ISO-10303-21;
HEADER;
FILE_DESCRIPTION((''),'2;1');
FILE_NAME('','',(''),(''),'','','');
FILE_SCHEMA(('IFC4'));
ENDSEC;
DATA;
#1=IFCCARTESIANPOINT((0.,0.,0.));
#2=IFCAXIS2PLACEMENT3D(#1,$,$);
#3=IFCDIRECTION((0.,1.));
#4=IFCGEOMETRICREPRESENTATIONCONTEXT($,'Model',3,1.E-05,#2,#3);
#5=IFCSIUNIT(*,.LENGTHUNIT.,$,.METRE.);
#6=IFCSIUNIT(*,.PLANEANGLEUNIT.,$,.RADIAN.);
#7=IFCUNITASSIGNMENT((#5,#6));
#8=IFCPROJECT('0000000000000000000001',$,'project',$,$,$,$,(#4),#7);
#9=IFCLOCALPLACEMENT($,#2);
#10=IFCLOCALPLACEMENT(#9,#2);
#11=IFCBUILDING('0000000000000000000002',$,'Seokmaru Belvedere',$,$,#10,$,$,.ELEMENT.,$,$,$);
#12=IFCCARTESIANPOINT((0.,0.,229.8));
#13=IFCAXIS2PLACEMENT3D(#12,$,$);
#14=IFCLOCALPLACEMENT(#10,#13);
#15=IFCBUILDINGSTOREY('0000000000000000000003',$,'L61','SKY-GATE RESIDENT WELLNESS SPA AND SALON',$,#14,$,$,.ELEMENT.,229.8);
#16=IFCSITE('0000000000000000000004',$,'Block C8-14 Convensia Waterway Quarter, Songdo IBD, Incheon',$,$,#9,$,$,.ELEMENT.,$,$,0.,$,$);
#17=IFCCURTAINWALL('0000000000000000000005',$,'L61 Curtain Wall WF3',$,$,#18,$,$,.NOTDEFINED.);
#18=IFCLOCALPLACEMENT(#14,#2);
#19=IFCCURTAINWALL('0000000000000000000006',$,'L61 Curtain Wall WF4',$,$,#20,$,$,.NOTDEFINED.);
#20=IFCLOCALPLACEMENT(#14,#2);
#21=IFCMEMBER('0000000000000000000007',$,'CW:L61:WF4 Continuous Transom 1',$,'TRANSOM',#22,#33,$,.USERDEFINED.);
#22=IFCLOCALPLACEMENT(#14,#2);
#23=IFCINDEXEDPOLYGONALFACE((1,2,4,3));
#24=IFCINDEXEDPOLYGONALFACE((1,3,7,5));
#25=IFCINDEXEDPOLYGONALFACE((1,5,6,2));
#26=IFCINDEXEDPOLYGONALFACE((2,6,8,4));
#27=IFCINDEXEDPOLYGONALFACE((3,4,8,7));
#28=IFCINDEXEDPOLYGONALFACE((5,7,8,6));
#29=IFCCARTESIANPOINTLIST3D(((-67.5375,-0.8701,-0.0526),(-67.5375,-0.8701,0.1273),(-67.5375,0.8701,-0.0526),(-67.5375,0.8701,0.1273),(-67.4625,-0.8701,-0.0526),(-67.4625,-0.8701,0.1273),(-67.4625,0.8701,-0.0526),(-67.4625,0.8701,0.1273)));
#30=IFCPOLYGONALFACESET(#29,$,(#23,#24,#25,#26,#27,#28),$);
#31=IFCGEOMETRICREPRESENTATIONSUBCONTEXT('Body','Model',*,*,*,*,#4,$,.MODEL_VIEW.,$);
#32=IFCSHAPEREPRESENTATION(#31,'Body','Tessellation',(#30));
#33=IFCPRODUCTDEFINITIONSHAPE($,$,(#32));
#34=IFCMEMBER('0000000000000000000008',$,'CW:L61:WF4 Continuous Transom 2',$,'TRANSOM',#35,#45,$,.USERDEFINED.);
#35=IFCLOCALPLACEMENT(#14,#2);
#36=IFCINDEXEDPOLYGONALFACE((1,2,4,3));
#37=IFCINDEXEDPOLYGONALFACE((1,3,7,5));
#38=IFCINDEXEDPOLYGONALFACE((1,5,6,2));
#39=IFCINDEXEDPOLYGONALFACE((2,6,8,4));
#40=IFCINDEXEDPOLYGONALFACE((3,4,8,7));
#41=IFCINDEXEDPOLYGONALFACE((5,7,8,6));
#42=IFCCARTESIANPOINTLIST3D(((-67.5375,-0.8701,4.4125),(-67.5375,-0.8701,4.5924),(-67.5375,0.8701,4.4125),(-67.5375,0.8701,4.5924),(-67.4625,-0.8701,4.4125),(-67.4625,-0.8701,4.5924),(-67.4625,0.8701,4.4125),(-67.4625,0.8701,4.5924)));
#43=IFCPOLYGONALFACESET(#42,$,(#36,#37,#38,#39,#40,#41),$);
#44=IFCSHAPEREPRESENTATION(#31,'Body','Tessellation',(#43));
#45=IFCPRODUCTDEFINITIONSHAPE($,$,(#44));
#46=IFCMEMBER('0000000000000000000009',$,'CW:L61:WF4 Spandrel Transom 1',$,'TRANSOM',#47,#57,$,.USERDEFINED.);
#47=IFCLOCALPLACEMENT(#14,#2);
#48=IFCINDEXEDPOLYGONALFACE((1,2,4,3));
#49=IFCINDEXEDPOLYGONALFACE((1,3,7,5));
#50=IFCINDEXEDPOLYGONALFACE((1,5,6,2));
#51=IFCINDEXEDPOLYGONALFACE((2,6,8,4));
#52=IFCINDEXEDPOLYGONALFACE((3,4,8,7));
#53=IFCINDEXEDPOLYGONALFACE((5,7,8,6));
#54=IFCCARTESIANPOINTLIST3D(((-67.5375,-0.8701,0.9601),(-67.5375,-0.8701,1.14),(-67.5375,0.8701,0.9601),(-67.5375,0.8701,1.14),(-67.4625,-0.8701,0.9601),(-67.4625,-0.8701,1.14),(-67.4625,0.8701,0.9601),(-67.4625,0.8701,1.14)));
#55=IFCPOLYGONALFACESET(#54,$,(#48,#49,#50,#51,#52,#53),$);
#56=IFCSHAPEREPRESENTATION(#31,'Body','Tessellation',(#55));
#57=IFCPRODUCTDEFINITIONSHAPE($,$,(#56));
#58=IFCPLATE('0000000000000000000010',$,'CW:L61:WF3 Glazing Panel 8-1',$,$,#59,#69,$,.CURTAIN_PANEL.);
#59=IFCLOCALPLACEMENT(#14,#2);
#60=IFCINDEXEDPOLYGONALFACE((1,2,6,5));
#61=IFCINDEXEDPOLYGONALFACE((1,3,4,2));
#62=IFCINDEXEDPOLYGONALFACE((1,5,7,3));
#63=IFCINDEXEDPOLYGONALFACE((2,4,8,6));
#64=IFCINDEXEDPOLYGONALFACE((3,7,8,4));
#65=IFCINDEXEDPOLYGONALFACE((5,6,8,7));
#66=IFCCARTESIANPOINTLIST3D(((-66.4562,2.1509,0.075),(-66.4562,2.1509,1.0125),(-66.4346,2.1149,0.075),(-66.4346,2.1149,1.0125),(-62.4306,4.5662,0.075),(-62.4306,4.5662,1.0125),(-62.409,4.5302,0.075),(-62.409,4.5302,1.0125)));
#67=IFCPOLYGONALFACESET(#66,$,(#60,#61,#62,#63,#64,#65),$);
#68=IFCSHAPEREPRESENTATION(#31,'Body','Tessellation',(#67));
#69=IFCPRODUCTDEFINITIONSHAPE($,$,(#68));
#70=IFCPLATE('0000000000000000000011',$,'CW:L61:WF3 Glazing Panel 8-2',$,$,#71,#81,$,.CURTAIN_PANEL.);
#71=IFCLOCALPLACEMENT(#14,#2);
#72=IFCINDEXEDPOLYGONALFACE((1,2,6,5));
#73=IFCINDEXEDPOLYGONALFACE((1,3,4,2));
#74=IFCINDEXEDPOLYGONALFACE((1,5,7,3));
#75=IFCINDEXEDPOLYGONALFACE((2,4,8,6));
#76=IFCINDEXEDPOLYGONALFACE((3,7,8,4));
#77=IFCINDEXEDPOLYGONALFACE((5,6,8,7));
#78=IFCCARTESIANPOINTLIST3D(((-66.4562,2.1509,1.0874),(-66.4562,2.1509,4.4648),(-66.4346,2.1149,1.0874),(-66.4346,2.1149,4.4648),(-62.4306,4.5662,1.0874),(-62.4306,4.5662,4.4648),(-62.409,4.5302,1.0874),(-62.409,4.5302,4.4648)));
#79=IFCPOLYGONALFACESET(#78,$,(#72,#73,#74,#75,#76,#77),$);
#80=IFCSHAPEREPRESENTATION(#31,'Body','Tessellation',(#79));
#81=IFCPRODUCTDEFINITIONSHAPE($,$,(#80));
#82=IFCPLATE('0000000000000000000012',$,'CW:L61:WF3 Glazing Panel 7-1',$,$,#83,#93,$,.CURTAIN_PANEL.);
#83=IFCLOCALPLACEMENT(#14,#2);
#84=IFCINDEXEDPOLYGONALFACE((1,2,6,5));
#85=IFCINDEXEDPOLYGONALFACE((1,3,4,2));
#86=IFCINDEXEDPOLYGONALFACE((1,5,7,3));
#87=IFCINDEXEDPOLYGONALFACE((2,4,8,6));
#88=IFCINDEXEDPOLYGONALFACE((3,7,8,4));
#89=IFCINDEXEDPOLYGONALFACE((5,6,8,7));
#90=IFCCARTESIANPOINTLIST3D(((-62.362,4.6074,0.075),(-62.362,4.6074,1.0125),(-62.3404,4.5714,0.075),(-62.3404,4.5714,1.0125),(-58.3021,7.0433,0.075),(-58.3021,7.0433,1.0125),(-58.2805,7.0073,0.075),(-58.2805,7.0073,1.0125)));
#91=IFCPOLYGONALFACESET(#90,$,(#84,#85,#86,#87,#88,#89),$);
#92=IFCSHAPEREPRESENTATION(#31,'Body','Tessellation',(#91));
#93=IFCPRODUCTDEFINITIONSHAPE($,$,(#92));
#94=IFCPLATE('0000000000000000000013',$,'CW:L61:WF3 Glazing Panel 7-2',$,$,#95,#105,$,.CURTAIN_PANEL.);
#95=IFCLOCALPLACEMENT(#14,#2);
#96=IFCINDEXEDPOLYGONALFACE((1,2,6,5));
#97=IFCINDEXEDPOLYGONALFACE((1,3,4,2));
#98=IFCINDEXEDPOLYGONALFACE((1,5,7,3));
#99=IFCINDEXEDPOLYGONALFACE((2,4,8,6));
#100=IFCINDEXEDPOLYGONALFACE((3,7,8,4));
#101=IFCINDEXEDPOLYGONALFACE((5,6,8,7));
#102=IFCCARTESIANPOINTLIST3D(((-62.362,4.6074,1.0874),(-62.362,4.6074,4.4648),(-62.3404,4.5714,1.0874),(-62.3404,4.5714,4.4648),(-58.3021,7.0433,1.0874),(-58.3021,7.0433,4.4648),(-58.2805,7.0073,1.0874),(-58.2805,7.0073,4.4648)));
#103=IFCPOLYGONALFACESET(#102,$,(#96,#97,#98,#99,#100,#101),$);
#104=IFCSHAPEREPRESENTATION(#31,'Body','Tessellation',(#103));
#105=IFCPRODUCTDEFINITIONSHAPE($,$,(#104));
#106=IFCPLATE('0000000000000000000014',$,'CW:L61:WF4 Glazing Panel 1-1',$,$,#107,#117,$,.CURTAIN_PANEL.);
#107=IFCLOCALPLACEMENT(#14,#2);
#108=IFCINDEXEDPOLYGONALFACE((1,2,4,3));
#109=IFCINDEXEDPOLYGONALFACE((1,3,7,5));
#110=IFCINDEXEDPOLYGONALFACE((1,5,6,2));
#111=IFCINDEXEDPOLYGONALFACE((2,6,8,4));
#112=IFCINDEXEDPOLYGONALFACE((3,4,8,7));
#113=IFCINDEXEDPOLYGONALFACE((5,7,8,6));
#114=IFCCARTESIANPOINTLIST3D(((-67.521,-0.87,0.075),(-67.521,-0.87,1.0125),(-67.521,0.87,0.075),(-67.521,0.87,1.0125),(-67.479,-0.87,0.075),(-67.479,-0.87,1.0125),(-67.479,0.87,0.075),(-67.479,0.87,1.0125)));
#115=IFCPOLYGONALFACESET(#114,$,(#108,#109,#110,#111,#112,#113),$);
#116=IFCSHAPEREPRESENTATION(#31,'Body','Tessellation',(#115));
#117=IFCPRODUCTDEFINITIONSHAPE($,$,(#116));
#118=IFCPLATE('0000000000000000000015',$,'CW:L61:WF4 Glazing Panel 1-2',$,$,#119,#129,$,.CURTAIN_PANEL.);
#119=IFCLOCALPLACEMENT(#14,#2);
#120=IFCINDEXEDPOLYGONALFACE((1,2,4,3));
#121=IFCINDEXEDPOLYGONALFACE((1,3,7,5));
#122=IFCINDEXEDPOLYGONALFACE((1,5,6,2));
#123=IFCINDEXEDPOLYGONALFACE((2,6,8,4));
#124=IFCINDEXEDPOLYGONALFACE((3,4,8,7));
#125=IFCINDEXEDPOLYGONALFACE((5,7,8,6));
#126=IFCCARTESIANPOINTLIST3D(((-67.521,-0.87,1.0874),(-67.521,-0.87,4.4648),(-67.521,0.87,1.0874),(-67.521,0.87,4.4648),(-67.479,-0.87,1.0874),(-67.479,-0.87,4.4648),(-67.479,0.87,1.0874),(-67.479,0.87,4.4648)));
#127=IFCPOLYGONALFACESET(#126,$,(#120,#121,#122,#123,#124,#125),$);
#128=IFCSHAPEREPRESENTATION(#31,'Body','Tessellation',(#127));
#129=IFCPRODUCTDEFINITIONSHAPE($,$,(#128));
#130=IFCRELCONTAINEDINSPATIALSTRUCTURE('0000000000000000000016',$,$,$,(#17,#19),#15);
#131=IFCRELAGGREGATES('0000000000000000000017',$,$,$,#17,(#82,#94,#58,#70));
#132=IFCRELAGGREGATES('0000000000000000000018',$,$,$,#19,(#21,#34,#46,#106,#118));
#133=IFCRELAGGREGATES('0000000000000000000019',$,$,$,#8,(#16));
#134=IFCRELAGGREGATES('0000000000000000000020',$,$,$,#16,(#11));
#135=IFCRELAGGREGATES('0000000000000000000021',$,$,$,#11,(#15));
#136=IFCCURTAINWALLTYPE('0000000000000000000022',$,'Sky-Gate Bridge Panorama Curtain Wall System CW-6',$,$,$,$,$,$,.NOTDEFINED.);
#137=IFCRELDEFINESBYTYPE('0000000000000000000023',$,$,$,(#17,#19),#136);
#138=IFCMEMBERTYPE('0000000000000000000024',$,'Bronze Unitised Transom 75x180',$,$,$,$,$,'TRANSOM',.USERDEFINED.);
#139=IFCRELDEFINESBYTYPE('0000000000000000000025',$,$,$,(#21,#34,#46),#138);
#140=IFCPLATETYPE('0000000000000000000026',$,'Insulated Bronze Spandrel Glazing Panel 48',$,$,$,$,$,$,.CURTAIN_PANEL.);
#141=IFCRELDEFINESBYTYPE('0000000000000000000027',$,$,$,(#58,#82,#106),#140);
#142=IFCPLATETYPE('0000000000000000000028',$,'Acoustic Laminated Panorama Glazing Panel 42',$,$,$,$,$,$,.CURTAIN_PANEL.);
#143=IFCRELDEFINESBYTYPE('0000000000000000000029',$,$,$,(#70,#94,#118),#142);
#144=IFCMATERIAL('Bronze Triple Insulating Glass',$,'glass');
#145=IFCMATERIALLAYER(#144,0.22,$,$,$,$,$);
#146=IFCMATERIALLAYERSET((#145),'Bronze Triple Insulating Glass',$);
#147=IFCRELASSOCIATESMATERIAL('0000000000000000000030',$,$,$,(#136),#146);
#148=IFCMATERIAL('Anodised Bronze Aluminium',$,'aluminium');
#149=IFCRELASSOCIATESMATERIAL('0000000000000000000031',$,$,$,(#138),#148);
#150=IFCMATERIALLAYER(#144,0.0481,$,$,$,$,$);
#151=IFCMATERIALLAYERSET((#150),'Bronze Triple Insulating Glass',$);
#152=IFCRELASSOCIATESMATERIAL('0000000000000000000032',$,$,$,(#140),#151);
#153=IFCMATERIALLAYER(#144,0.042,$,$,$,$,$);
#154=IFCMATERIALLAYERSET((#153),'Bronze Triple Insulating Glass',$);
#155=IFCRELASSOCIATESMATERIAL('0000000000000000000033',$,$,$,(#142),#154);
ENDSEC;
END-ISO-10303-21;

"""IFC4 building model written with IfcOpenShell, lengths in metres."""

from ifc_helpers import new_model, si_unit, direction, frame, origin, origin_2d, place, context, subcontext, project, spatial, rectangle, extrude, source, transform, mapped, material, layer, layer_set, material_profile, profile_set, type_object, type_shapes, element, aggregate, save


model = new_model("IFC4")

# Units and contexts
model_context = context("Model", 3, precision=1e-05, world=origin(), true_north=direction((0.0, 1.0)))
body_context = subcontext(model_context, "Body", "Model", "MODEL_VIEW")
ifc_project = project(units=[si_unit("LENGTHUNIT", "METRE"), si_unit("PLANEANGLEUNIT", "RADIAN")], contexts=[model_context])

# Site, building, storey
site_placement = place(None, origin())
site = spatial("IfcSite", under=ifc_project, at=site_placement, Name="Block C8-14 Convensia Waterway Quarter, Songdo IBD, Incheon", CompositionType="ELEMENT", RefElevation=0.0)
building_placement = place(site_placement, origin())
building = spatial("IfcBuilding", under=site, at=building_placement, Name="Seokmaru Belvedere", CompositionType="ELEMENT")
storey_placement = place(building_placement, frame((0.0, 0.0, 229.8)))
storey = spatial("IfcBuildingStorey", under=building, at=storey_placement, Name="L61", Description="SKY-GATE RESIDENT WELLNESS SPA AND SALON", CompositionType="ELEMENT", Elevation=229.8)

# Curtain wall
ifc_material_1 = material(Name="Bronze Triple Insulating Glass", Category="glass")
ifc_layer_1 = layer(ifc_material_1, 0.22)
ifc_layer_set_1 = layer_set([ifc_layer_1], Name="Bronze Triple Insulating Glass")
curtain_wall_type = type_object("IfcCurtainWallType", Name="Sky-Gate Bridge Panorama Curtain Wall System CW-6", PredefinedType="NOTDEFINED", material=ifc_layer_set_1)
curtain_wall_1_placement = place(storey_placement, origin())
curtain_wall_1 = element("IfcCurtainWall", 1, at=curtain_wall_1_placement, inside=storey, type_object=curtain_wall_type, Name="L61 Curtain Wall WF3", PredefinedType="NOTDEFINED")
ifc_material_2 = material(Name="Anodised Bronze Aluminium", Category="aluminium")

# Curtain wall
curtain_wall_2_placement = place(storey_placement, origin())
curtain_wall_2 = element("IfcCurtainWall", 2, at=curtain_wall_2_placement, inside=storey, type_object=curtain_wall_type, Name="L61 Curtain Wall WF4", PredefinedType="NOTDEFINED")

# Members
ifc_material_profile_1 = material_profile(ifc_material_2, rectangle(XDim=0.075, YDim=0.1799, at=origin_2d()), Name="CW-T-75x180")
ifc_profile_set_1 = profile_set([ifc_material_profile_1], Name="Anodised Bronze Aluminium")
member_type_1 = type_object("IfcMemberType", Name="Bronze Unitised Transom 75x180", ElementType="TRANSOM", PredefinedType="USERDEFINED", material=ifc_profile_set_1)
shared_shape_1 = source(origin(), body_context, "Body", "SweptSolid", [
    extrude(rectangle(XDim=0.075, YDim=0.1799, at=origin_2d()), origin(), (0.0, 0.0, 1.0), 1.7402),
])
member_1_placement = place(storey_placement, frame((-67.5, 0.8701, 0.0374), z_axis=(0.0, -1.0, 0.0), x_axis=(1.0, 0.0, 0.0)))
member_1 = element("IfcMember", 3, at=member_1_placement, type_object=member_type_1, Name="CW:L61:WF4 Continuous Transom 1", ObjectType="TRANSOM", PredefinedType="USERDEFINED", context=body_context, shape_type="MappedRepresentation", body=[
    mapped(shared_shape_1, transform((0.0, 0.0, 0.0), scale=1.0)),
])
member_2_placement = place(storey_placement, frame((-67.5, 0.8701, 4.5024), z_axis=(0.0, -1.0, 0.0), x_axis=(1.0, 0.0, 0.0)))
member_2 = element("IfcMember", 4, at=member_2_placement, type_object=member_type_1, Name="CW:L61:WF4 Continuous Transom 2", ObjectType="TRANSOM", PredefinedType="USERDEFINED", context=body_context, shape_type="MappedRepresentation", body=[
    mapped(shared_shape_1, transform((0.0, 0.0, 0.0), scale=1.0)),
])
member_3_placement = place(storey_placement, frame((-67.5, 0.8701, 1.05), z_axis=(0.0, -1.0, 0.0), x_axis=(1.0, 0.0, 0.0)))
member_3 = element("IfcMember", 5, at=member_3_placement, type_object=member_type_1, Name="CW:L61:WF4 Spandrel Transom 1", ObjectType="TRANSOM", PredefinedType="USERDEFINED", context=body_context, shape_type="MappedRepresentation", body=[
    mapped(shared_shape_1, transform((0.0, 0.0, 0.0), scale=1.0)),
])

# Plates
ifc_layer_2 = layer(ifc_material_1, 0.0481)
ifc_layer_set_2 = layer_set([ifc_layer_2], Name="Bronze Triple Insulating Glass")
plate_type_1 = type_object("IfcPlateType", Name="Insulated Bronze Spandrel Glazing Panel 48", PredefinedType="CURTAIN_PANEL", material=ifc_layer_set_2)
shared_shape_2 = source(origin(), body_context, "Body", "SweptSolid", [
    extrude(rectangle(XDim=4.6946, YDim=0.042, at=origin_2d()), origin(), (0.0, 0.0, 1.0), 0.9375),
])
plate_1_placement = place(storey_placement, frame((-64.4326, 3.3406, 0.075), z_axis=(0.0, 0.0, 1.0), x_axis=(-0.857493, -0.514495, 0.0)))
plate_1 = element("IfcPlate", 6, at=plate_1_placement, type_object=plate_type_1, Name="CW:L61:WF3 Glazing Panel 8-1", PredefinedType="CURTAIN_PANEL", context=body_context, shape_type="MappedRepresentation", body=[
    mapped(shared_shape_2, transform((0.0, 0.0, 0.0), scale=1.0)),
])
ifc_layer_3 = layer(ifc_material_1, 0.042)
ifc_layer_set_3 = layer_set([ifc_layer_3], Name="Bronze Triple Insulating Glass")
plate_type_2 = type_object("IfcPlateType", Name="Acoustic Laminated Panorama Glazing Panel 42", PredefinedType="CURTAIN_PANEL", material=ifc_layer_set_3)
shared_shape_3 = source(origin(), body_context, "Body", "SweptSolid", [
    extrude(rectangle(XDim=4.6946, YDim=0.042, at=origin_2d()), origin(), (0.0, 0.0, 1.0), 3.3774),
])
plate_2_placement = place(storey_placement, frame((-64.4326, 3.3406, 1.0874), z_axis=(0.0, 0.0, 1.0), x_axis=(-0.857493, -0.514495, 0.0)))
plate_2 = element("IfcPlate", 7, at=plate_2_placement, type_object=plate_type_2, Name="CW:L61:WF3 Glazing Panel 8-2", PredefinedType="CURTAIN_PANEL", context=body_context, shape_type="MappedRepresentation", body=[
    mapped(shared_shape_3, transform((0.0, 0.0, 0.0), scale=1.0)),
])
shared_shape_4 = source(origin(), body_context, "Body", "SweptSolid", [
    extrude(rectangle(XDim=4.7346, YDim=0.042, at=origin_2d()), origin(), (0.0, 0.0, 1.0), 0.9375),
])
plate_3_placement = place(storey_placement, frame((-60.3213, 5.8074, 0.075), z_axis=(0.0, 0.0, 1.0), x_axis=(-0.857493, -0.514495, 0.0)))
plate_3 = element("IfcPlate", 8, at=plate_3_placement, type_object=plate_type_1, Name="CW:L61:WF3 Glazing Panel 7-1", PredefinedType="CURTAIN_PANEL", context=body_context, shape_type="MappedRepresentation", body=[
    mapped(shared_shape_4, transform((0.0, 0.0, 0.0), scale=1.0)),
])
shared_shape_5 = source(origin(), body_context, "Body", "SweptSolid", [
    extrude(rectangle(XDim=4.7346, YDim=0.042, at=origin_2d()), origin(), (0.0, 0.0, 1.0), 3.3774),
])
plate_4_placement = place(storey_placement, frame((-60.3213, 5.8074, 1.0874), z_axis=(0.0, 0.0, 1.0), x_axis=(-0.857493, -0.514495, 0.0)))
plate_4 = element("IfcPlate", 9, at=plate_4_placement, type_object=plate_type_2, Name="CW:L61:WF3 Glazing Panel 7-2", PredefinedType="CURTAIN_PANEL", context=body_context, shape_type="MappedRepresentation", body=[
    mapped(shared_shape_5, transform((0.0, 0.0, 0.0), scale=1.0)),
])
aggregate(curtain_wall_1, [plate_3, plate_4, plate_1, plate_2])
shared_shape_6 = source(origin(), body_context, "Body", "SweptSolid", [
    extrude(rectangle(XDim=1.74, YDim=0.042, at=origin_2d()), origin(), (0.0, 0.0, 1.0), 0.9375),
])
type_shapes(plate_type_1, [shared_shape_2, shared_shape_4, shared_shape_6])
plate_5_placement = place(storey_placement, frame((-67.5, 0.0, 0.075), z_axis=(0.0, 0.0, 1.0), x_axis=(0.0, -1.0, 0.0)))
plate_5 = element("IfcPlate", 10, at=plate_5_placement, type_object=plate_type_1, Name="CW:L61:WF4 Glazing Panel 1-1", PredefinedType="CURTAIN_PANEL", context=body_context, shape_type="MappedRepresentation", body=[
    mapped(shared_shape_6, transform((0.0, 0.0, 0.0), scale=1.0)),
])
shared_shape_7 = source(origin(), body_context, "Body", "SweptSolid", [
    extrude(rectangle(XDim=1.74, YDim=0.042, at=origin_2d()), origin(), (0.0, 0.0, 1.0), 3.3774),
])
type_shapes(plate_type_2, [shared_shape_3, shared_shape_5, shared_shape_7])
plate_6_placement = place(storey_placement, frame((-67.5, 0.0, 1.0874), z_axis=(0.0, 0.0, 1.0), x_axis=(0.0, -1.0, 0.0)))
plate_6 = element("IfcPlate", 11, at=plate_6_placement, type_object=plate_type_2, Name="CW:L61:WF4 Glazing Panel 1-2", PredefinedType="CURTAIN_PANEL", context=body_context, shape_type="MappedRepresentation", body=[
    mapped(shared_shape_7, transform((0.0, 0.0, 0.0), scale=1.0)),
])
aggregate(curtain_wall_2, [member_1, member_2, member_3, plate_5, plate_6])

save(model, "model.ifc")
